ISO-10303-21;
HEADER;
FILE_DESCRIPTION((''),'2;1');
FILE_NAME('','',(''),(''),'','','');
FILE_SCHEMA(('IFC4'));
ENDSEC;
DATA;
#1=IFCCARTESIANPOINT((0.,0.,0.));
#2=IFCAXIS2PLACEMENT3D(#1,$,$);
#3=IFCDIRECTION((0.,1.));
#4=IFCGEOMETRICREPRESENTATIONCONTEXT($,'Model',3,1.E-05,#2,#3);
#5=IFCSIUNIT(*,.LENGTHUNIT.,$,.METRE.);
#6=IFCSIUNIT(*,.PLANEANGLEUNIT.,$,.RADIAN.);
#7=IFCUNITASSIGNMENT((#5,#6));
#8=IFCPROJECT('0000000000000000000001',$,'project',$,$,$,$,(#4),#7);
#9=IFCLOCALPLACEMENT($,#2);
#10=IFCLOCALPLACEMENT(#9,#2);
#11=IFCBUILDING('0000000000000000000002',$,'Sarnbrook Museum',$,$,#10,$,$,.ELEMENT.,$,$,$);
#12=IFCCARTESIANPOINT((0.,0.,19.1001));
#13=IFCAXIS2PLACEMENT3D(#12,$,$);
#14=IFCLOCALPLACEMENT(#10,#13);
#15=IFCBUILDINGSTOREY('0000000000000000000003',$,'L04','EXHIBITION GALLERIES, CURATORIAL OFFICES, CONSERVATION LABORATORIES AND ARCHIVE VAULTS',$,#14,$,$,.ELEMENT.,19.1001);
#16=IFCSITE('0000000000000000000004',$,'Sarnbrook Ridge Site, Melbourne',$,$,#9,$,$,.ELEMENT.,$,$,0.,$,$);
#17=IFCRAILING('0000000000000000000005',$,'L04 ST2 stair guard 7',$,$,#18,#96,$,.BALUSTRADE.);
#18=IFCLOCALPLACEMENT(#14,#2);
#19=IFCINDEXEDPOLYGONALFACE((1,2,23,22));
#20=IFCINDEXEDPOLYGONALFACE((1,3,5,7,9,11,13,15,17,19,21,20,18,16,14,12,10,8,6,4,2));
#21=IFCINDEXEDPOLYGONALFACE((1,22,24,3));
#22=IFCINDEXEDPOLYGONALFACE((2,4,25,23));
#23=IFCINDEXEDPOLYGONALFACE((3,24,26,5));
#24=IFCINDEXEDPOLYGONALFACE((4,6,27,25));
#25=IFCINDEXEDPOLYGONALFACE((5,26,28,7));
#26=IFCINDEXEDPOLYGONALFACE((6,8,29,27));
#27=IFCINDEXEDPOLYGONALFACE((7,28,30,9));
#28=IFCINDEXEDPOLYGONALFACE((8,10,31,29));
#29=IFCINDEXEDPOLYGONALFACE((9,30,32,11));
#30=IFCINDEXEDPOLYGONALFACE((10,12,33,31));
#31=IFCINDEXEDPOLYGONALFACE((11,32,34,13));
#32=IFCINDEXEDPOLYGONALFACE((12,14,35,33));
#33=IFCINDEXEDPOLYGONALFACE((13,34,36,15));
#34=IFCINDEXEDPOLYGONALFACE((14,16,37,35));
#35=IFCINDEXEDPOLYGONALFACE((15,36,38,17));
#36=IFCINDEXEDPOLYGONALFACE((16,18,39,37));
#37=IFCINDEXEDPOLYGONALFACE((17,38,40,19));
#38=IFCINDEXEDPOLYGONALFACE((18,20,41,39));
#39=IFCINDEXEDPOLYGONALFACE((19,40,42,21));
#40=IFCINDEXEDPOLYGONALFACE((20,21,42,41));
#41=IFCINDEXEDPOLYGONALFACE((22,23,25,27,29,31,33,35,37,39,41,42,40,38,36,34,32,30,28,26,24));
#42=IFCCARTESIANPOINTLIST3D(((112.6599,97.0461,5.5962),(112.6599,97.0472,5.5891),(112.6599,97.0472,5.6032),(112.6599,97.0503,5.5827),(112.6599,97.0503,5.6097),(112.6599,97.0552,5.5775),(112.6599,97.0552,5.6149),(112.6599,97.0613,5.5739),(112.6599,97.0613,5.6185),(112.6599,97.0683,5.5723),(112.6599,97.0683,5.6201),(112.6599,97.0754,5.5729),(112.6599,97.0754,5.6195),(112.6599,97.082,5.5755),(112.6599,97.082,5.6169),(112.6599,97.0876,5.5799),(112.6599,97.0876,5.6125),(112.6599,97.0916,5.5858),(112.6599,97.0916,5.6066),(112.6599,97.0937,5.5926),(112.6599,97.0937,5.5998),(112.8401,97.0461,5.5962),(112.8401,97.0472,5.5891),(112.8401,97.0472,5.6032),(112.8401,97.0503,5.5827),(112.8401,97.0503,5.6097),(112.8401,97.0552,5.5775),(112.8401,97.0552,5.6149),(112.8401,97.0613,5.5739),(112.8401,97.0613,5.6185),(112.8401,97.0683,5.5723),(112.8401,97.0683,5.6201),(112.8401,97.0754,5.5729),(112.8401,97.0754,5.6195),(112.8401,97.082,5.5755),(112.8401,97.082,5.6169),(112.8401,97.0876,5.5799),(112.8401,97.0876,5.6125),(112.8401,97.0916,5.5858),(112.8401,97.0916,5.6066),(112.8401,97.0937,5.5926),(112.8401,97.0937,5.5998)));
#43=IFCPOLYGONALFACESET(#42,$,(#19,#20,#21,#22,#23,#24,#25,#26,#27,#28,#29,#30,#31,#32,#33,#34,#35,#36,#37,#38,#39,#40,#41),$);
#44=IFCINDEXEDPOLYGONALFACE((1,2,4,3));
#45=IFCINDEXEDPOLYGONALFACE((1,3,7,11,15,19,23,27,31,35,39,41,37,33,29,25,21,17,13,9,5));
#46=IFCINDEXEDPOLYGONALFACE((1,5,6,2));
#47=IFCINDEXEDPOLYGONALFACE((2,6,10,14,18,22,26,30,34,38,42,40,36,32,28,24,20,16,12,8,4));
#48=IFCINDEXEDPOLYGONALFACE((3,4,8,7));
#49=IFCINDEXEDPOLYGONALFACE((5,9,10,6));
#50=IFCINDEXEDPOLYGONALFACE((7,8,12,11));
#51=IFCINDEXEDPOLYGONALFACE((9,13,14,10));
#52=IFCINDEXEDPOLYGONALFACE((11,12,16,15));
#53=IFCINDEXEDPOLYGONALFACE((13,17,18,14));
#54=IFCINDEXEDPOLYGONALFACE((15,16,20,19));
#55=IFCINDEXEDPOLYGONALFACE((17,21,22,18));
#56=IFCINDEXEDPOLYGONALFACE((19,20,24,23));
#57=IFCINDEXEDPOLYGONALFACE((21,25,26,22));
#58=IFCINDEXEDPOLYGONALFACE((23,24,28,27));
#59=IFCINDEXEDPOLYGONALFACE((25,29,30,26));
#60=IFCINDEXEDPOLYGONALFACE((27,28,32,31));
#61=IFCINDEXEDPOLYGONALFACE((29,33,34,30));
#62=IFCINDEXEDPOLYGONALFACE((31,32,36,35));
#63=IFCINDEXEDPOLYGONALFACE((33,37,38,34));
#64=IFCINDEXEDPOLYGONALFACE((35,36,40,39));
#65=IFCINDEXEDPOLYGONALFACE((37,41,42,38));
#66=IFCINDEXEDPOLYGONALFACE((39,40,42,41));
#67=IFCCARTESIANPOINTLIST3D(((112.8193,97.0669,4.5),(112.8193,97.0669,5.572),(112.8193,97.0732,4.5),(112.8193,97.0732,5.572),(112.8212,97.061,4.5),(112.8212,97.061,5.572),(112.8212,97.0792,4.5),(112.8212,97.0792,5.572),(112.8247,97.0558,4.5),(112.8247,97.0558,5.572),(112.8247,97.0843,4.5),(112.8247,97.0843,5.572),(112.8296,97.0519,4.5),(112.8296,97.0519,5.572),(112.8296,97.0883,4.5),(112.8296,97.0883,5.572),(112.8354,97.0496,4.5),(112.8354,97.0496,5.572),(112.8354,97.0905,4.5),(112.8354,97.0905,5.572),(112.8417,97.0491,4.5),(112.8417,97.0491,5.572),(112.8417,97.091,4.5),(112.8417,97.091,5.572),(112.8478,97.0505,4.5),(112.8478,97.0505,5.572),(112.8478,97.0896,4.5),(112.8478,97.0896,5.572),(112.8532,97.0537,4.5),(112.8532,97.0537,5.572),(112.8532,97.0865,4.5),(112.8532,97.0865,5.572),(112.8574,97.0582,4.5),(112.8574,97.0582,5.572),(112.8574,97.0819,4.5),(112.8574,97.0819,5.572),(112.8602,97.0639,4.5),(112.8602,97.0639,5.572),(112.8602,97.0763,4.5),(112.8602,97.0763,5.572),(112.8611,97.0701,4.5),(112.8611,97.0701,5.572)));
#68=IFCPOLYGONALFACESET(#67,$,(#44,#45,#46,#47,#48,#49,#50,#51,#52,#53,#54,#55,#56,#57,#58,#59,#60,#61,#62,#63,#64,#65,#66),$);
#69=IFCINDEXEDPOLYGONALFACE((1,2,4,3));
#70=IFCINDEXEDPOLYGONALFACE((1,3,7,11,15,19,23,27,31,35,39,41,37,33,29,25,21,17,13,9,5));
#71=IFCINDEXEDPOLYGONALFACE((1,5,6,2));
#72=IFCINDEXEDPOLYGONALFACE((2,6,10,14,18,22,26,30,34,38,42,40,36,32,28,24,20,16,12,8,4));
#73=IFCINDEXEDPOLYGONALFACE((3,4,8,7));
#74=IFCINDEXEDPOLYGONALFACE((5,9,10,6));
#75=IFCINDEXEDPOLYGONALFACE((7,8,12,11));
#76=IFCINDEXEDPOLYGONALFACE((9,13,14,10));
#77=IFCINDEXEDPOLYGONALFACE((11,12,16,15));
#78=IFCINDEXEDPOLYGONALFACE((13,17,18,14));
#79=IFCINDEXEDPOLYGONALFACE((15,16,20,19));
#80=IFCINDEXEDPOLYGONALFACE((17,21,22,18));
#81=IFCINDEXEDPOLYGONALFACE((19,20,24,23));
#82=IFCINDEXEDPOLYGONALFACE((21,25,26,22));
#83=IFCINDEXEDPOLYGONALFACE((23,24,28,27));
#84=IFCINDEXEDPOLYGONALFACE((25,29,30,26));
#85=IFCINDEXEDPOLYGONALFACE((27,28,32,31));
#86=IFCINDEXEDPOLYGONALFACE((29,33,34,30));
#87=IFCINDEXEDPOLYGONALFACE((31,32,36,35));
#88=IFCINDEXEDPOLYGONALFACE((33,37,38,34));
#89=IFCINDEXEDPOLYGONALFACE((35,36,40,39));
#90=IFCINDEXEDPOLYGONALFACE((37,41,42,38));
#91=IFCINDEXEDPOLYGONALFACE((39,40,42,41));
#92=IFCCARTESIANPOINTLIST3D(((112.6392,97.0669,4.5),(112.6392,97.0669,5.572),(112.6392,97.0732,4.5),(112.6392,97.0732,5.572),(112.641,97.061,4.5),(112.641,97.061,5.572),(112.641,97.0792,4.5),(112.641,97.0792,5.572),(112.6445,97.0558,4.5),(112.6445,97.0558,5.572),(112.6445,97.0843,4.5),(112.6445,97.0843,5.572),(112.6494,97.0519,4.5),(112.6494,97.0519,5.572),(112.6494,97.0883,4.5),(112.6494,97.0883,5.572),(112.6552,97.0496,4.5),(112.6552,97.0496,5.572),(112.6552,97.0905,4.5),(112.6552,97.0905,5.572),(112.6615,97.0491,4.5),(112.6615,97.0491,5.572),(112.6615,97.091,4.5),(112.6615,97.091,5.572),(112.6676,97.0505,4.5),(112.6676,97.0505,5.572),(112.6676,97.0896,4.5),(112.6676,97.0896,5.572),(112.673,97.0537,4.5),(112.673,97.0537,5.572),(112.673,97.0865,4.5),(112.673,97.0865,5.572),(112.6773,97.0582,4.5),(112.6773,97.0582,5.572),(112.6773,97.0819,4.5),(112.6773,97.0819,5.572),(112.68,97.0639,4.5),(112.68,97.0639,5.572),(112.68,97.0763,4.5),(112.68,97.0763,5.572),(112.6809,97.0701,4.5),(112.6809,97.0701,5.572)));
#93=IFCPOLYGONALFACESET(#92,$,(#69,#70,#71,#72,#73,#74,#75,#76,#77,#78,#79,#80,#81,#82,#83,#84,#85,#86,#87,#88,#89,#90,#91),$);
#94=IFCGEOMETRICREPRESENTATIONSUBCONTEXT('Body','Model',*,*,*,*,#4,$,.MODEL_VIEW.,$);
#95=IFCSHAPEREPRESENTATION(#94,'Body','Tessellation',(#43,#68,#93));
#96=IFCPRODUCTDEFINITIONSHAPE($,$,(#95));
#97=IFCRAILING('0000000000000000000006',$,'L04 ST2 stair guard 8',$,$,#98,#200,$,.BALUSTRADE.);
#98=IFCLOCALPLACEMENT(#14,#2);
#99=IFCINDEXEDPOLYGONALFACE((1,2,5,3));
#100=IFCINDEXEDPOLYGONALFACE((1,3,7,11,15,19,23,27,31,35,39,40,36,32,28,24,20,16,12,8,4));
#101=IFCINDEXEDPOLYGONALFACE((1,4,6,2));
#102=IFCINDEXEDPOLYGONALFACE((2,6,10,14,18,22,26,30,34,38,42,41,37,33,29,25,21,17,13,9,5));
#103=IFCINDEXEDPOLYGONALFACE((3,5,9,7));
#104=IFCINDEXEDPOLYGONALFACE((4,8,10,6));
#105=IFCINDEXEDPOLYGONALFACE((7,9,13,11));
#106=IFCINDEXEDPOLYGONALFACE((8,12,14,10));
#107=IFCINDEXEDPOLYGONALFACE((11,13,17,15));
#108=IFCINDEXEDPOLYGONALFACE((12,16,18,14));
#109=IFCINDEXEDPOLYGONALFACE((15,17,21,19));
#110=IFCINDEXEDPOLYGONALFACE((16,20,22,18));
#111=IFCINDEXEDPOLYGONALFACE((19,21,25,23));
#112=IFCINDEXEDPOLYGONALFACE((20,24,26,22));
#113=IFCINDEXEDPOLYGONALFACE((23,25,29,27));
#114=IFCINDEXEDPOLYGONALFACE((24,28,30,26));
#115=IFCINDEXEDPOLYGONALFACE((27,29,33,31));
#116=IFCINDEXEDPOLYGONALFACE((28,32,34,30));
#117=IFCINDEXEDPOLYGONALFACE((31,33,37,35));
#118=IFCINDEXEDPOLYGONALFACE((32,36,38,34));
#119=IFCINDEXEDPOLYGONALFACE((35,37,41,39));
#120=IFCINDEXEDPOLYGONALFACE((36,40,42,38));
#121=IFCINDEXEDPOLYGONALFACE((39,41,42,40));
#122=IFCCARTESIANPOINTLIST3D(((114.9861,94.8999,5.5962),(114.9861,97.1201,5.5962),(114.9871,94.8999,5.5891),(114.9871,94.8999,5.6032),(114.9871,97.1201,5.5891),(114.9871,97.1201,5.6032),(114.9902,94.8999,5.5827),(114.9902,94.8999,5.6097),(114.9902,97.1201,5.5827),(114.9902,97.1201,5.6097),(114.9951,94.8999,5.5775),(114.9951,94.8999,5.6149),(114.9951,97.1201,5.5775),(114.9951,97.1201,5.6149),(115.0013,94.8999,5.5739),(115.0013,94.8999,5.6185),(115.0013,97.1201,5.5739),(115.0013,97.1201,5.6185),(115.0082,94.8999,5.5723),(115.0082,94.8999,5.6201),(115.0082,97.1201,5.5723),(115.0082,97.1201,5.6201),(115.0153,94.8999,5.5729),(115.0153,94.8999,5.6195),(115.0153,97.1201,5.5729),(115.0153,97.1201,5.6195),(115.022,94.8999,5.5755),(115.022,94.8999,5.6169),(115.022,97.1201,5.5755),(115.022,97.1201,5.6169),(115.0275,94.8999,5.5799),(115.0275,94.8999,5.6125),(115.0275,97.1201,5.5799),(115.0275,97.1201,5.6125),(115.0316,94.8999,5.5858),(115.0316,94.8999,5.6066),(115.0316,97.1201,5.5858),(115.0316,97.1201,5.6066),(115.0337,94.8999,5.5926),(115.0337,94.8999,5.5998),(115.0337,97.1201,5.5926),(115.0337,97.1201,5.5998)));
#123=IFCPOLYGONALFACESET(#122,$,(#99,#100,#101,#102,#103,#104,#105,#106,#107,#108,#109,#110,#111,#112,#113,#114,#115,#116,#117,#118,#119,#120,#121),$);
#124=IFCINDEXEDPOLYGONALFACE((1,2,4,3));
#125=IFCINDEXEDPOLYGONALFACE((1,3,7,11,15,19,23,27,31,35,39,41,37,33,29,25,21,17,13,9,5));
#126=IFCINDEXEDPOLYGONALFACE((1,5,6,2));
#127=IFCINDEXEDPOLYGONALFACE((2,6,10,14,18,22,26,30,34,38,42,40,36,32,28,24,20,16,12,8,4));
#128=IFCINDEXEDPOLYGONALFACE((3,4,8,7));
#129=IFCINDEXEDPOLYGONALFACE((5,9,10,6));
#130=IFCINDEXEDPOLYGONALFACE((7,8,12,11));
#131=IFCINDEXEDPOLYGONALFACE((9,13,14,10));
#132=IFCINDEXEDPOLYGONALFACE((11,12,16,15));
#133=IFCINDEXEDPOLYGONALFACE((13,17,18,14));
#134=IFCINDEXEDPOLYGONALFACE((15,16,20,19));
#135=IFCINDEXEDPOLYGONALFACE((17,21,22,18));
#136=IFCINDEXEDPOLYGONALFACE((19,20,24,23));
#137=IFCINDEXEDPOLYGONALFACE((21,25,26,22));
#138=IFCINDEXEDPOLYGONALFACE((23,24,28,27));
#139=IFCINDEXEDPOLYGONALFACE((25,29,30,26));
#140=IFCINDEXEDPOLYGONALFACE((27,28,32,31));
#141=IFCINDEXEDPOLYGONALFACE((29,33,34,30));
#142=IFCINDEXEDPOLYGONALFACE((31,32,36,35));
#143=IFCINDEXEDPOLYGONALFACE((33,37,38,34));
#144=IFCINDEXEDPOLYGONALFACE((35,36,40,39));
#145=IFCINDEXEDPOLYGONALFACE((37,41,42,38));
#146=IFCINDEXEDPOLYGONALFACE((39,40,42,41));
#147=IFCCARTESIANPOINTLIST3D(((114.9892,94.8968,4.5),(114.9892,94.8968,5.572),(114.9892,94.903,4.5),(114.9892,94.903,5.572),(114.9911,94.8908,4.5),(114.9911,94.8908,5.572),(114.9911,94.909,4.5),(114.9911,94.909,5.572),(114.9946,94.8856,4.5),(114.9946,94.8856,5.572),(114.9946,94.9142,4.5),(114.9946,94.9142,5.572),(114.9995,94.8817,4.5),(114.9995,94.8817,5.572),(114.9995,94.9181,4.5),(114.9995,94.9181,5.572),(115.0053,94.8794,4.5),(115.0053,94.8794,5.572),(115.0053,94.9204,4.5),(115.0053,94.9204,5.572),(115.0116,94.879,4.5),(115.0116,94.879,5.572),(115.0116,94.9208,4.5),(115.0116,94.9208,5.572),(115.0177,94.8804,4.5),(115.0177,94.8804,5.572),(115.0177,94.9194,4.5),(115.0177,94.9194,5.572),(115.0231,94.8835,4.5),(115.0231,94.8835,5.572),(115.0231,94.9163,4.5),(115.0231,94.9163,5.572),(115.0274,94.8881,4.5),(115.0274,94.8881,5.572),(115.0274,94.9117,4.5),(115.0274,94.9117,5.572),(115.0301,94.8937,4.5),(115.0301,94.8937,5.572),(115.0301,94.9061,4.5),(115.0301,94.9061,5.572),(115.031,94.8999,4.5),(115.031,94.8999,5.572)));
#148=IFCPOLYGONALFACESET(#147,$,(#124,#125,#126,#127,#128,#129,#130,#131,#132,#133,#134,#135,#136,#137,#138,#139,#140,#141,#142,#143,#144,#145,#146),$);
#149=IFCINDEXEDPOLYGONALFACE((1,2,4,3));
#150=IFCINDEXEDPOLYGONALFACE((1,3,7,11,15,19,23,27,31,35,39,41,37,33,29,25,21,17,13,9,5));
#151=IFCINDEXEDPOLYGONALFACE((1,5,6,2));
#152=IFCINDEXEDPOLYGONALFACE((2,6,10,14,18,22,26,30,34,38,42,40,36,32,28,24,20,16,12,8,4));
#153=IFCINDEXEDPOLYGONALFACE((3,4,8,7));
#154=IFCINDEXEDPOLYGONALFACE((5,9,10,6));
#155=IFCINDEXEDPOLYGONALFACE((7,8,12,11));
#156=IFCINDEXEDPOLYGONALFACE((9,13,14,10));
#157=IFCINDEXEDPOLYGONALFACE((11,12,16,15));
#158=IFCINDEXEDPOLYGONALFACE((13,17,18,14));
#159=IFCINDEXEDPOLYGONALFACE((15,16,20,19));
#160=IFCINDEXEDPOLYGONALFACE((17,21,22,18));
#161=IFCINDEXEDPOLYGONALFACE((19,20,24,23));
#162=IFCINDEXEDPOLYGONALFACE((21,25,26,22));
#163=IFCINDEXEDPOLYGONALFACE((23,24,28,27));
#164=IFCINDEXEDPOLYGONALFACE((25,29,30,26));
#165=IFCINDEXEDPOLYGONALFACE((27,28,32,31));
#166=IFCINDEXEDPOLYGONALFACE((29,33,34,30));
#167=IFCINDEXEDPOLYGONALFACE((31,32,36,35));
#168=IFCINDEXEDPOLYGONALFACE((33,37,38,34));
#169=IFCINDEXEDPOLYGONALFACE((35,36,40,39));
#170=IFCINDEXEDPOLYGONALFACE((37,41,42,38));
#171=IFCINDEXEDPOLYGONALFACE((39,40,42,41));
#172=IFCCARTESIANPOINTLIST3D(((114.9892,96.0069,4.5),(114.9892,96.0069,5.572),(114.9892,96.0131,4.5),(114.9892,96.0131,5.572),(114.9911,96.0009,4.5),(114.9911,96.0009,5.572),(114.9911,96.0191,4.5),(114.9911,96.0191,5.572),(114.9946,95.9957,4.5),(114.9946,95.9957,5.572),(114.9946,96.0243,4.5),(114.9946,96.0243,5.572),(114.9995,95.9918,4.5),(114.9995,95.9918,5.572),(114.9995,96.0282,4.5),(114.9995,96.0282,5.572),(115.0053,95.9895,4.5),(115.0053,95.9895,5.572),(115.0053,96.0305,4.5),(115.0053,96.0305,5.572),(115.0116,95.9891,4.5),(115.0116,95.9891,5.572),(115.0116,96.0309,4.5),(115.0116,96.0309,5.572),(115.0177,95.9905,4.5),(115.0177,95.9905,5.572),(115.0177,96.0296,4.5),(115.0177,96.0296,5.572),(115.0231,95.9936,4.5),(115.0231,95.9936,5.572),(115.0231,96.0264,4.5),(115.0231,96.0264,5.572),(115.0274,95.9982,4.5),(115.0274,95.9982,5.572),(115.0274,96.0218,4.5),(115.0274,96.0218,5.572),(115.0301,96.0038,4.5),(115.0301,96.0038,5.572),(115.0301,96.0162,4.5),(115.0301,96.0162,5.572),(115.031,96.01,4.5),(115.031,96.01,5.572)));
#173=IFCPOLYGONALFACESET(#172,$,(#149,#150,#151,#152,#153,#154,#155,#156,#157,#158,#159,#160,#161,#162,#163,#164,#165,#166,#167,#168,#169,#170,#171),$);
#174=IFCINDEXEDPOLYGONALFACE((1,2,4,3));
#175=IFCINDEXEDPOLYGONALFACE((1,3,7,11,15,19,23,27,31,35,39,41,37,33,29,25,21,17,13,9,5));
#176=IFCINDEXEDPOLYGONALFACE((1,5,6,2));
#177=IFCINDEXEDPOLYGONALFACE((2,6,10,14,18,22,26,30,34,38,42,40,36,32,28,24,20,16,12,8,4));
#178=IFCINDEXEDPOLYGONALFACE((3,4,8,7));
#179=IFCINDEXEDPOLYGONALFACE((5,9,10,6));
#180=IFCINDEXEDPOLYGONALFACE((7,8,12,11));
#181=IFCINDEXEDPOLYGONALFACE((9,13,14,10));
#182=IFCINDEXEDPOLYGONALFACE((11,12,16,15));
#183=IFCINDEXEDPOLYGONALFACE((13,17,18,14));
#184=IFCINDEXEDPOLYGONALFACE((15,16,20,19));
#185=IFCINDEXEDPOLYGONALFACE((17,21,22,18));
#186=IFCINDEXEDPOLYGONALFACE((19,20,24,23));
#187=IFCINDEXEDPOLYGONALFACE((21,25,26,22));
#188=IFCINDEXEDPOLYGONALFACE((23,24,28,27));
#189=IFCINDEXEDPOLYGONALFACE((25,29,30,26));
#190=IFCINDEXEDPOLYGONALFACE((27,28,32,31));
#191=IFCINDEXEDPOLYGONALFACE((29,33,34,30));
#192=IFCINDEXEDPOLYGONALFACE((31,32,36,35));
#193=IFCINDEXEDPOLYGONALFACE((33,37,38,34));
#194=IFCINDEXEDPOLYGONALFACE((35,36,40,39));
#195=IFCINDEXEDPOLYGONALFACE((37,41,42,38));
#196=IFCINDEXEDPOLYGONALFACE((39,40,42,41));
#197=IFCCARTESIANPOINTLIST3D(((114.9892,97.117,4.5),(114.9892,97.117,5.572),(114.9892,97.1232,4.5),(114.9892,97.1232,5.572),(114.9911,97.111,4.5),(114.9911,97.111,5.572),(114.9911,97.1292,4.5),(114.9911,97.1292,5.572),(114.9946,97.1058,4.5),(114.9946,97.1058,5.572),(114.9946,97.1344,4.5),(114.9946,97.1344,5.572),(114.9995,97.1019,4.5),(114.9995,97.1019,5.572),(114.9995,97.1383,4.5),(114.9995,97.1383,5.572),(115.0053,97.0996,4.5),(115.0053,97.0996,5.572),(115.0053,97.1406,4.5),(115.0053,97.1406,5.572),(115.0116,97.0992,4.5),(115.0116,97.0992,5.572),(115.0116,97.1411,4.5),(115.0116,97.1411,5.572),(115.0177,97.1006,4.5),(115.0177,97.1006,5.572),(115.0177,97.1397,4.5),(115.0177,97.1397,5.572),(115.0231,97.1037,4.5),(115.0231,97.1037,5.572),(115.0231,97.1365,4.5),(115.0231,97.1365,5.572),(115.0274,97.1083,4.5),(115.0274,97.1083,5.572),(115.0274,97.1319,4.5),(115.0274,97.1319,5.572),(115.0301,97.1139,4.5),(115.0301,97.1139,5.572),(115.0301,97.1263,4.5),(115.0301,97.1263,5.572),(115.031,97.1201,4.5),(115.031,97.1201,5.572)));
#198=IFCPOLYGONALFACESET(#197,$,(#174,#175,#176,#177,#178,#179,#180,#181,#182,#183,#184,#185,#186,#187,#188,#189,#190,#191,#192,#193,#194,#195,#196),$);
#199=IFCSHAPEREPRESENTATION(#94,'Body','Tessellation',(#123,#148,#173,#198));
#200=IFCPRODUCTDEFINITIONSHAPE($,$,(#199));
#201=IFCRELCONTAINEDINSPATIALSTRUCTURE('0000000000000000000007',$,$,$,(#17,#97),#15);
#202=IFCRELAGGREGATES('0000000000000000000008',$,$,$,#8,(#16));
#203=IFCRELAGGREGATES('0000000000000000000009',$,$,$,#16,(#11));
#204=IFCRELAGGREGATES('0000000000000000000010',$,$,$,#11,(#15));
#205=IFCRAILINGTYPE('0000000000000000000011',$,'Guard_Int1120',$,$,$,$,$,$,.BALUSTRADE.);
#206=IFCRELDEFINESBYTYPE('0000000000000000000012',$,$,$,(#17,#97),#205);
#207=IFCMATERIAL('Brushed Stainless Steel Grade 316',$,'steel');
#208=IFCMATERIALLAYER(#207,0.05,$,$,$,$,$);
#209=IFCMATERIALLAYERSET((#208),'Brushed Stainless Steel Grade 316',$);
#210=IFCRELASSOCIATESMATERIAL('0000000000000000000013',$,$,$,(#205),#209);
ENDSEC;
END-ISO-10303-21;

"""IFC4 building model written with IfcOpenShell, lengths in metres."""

from ifc_helpers import new_model, si_unit, direction, frame, origin, origin_2d, place, context, subcontext, project, spatial, circle, extrude, material, layer, layer_set, type_object, element, save


model = new_model("IFC4")

# Units and contexts
model_context = context("Model", 3, precision=1e-05, world=origin(), true_north=direction((0.0, 1.0)))
body_context = subcontext(model_context, "Body", "Model", "MODEL_VIEW")
ifc_project = project(units=[si_unit("LENGTHUNIT", "METRE"), si_unit("PLANEANGLEUNIT", "RADIAN")], contexts=[model_context])

# Site, building, storey
site_placement = place(None, origin())
site = spatial("IfcSite", under=ifc_project, at=site_placement, Name="Sarnbrook Ridge Site, Melbourne", CompositionType="ELEMENT", RefElevation=0.0)
building_placement = place(site_placement, origin())
building = spatial("IfcBuilding", under=site, at=building_placement, Name="Sarnbrook Museum", CompositionType="ELEMENT")
storey_placement = place(building_placement, frame((0.0, 0.0, 19.1001)))
storey = spatial("IfcBuildingStorey", under=building, at=storey_placement, Name="L04", Description="EXHIBITION GALLERIES, CURATORIAL OFFICES, CONSERVATION LABORATORIES AND ARCHIVE VAULTS", CompositionType="ELEMENT", Elevation=19.1001)

# Railings
ifc_material_1 = material(Name="Brushed Stainless Steel Grade 316", Category="steel")
ifc_layer_1 = layer(ifc_material_1, 0.05)
ifc_layer_set_1 = layer_set([ifc_layer_1], Name="Brushed Stainless Steel Grade 316")
railing_type_1 = type_object("IfcRailingType", Name="Guard_Int1120", PredefinedType="BALUSTRADE", material=ifc_layer_set_1)
railing_1_placement = place(storey_placement, frame((112.8401, 97.0701, 4.5)))
element("IfcRailing", 1, at=railing_1_placement, inside=storey, type_object=railing_type_1, Name="L04 ST2 stair guard 7", PredefinedType="BALUSTRADE", context=body_context, shape_type="SweptSolid", body=[
    extrude(circle(Radius=0.0239, at=origin_2d()), frame((0.0, 0.0, 1.0962), z_axis=(-1.0, 0.0, 0.0), x_axis=(0.0, -1.0, 0.0)), (0.0, 0.0, 1.0), 0.1802),
    extrude(circle(Radius=0.021, at=origin_2d()), origin(), (0.0, 0.0, 1.0), 1.072),
    extrude(circle(Radius=0.021, at=origin_2d()), frame((-0.1802, 0.0, 0.0)), (0.0, 0.0, 1.0), 1.072),
])
railing_2_placement = place(storey_placement, frame((115.01, 94.8999, 4.5)))
element("IfcRailing", 2, at=railing_2_placement, inside=storey, type_object=railing_type_1, Name="L04 ST2 stair guard 8", PredefinedType="BALUSTRADE", context=body_context, shape_type="SweptSolid", body=[
    extrude(circle(Radius=0.0239, at=origin_2d()), frame((0.0, 0.0, 1.0962), z_axis=(0.0, 1.0, 0.0), x_axis=(-1.0, 0.0, 0.0)), (0.0, 0.0, 1.0), 2.2202),
    extrude(circle(Radius=0.021, at=origin_2d()), origin(), (0.0, 0.0, 1.0), 1.072),
    extrude(circle(Radius=0.021, at=origin_2d()), frame((0.0, 1.1101, 0.0)), (0.0, 0.0, 1.0), 1.072),
    extrude(circle(Radius=0.021, at=origin_2d()), frame((0.0, 2.2202, 0.0)), (0.0, 0.0, 1.0), 1.072),
])

save(model, "model.ifc")
